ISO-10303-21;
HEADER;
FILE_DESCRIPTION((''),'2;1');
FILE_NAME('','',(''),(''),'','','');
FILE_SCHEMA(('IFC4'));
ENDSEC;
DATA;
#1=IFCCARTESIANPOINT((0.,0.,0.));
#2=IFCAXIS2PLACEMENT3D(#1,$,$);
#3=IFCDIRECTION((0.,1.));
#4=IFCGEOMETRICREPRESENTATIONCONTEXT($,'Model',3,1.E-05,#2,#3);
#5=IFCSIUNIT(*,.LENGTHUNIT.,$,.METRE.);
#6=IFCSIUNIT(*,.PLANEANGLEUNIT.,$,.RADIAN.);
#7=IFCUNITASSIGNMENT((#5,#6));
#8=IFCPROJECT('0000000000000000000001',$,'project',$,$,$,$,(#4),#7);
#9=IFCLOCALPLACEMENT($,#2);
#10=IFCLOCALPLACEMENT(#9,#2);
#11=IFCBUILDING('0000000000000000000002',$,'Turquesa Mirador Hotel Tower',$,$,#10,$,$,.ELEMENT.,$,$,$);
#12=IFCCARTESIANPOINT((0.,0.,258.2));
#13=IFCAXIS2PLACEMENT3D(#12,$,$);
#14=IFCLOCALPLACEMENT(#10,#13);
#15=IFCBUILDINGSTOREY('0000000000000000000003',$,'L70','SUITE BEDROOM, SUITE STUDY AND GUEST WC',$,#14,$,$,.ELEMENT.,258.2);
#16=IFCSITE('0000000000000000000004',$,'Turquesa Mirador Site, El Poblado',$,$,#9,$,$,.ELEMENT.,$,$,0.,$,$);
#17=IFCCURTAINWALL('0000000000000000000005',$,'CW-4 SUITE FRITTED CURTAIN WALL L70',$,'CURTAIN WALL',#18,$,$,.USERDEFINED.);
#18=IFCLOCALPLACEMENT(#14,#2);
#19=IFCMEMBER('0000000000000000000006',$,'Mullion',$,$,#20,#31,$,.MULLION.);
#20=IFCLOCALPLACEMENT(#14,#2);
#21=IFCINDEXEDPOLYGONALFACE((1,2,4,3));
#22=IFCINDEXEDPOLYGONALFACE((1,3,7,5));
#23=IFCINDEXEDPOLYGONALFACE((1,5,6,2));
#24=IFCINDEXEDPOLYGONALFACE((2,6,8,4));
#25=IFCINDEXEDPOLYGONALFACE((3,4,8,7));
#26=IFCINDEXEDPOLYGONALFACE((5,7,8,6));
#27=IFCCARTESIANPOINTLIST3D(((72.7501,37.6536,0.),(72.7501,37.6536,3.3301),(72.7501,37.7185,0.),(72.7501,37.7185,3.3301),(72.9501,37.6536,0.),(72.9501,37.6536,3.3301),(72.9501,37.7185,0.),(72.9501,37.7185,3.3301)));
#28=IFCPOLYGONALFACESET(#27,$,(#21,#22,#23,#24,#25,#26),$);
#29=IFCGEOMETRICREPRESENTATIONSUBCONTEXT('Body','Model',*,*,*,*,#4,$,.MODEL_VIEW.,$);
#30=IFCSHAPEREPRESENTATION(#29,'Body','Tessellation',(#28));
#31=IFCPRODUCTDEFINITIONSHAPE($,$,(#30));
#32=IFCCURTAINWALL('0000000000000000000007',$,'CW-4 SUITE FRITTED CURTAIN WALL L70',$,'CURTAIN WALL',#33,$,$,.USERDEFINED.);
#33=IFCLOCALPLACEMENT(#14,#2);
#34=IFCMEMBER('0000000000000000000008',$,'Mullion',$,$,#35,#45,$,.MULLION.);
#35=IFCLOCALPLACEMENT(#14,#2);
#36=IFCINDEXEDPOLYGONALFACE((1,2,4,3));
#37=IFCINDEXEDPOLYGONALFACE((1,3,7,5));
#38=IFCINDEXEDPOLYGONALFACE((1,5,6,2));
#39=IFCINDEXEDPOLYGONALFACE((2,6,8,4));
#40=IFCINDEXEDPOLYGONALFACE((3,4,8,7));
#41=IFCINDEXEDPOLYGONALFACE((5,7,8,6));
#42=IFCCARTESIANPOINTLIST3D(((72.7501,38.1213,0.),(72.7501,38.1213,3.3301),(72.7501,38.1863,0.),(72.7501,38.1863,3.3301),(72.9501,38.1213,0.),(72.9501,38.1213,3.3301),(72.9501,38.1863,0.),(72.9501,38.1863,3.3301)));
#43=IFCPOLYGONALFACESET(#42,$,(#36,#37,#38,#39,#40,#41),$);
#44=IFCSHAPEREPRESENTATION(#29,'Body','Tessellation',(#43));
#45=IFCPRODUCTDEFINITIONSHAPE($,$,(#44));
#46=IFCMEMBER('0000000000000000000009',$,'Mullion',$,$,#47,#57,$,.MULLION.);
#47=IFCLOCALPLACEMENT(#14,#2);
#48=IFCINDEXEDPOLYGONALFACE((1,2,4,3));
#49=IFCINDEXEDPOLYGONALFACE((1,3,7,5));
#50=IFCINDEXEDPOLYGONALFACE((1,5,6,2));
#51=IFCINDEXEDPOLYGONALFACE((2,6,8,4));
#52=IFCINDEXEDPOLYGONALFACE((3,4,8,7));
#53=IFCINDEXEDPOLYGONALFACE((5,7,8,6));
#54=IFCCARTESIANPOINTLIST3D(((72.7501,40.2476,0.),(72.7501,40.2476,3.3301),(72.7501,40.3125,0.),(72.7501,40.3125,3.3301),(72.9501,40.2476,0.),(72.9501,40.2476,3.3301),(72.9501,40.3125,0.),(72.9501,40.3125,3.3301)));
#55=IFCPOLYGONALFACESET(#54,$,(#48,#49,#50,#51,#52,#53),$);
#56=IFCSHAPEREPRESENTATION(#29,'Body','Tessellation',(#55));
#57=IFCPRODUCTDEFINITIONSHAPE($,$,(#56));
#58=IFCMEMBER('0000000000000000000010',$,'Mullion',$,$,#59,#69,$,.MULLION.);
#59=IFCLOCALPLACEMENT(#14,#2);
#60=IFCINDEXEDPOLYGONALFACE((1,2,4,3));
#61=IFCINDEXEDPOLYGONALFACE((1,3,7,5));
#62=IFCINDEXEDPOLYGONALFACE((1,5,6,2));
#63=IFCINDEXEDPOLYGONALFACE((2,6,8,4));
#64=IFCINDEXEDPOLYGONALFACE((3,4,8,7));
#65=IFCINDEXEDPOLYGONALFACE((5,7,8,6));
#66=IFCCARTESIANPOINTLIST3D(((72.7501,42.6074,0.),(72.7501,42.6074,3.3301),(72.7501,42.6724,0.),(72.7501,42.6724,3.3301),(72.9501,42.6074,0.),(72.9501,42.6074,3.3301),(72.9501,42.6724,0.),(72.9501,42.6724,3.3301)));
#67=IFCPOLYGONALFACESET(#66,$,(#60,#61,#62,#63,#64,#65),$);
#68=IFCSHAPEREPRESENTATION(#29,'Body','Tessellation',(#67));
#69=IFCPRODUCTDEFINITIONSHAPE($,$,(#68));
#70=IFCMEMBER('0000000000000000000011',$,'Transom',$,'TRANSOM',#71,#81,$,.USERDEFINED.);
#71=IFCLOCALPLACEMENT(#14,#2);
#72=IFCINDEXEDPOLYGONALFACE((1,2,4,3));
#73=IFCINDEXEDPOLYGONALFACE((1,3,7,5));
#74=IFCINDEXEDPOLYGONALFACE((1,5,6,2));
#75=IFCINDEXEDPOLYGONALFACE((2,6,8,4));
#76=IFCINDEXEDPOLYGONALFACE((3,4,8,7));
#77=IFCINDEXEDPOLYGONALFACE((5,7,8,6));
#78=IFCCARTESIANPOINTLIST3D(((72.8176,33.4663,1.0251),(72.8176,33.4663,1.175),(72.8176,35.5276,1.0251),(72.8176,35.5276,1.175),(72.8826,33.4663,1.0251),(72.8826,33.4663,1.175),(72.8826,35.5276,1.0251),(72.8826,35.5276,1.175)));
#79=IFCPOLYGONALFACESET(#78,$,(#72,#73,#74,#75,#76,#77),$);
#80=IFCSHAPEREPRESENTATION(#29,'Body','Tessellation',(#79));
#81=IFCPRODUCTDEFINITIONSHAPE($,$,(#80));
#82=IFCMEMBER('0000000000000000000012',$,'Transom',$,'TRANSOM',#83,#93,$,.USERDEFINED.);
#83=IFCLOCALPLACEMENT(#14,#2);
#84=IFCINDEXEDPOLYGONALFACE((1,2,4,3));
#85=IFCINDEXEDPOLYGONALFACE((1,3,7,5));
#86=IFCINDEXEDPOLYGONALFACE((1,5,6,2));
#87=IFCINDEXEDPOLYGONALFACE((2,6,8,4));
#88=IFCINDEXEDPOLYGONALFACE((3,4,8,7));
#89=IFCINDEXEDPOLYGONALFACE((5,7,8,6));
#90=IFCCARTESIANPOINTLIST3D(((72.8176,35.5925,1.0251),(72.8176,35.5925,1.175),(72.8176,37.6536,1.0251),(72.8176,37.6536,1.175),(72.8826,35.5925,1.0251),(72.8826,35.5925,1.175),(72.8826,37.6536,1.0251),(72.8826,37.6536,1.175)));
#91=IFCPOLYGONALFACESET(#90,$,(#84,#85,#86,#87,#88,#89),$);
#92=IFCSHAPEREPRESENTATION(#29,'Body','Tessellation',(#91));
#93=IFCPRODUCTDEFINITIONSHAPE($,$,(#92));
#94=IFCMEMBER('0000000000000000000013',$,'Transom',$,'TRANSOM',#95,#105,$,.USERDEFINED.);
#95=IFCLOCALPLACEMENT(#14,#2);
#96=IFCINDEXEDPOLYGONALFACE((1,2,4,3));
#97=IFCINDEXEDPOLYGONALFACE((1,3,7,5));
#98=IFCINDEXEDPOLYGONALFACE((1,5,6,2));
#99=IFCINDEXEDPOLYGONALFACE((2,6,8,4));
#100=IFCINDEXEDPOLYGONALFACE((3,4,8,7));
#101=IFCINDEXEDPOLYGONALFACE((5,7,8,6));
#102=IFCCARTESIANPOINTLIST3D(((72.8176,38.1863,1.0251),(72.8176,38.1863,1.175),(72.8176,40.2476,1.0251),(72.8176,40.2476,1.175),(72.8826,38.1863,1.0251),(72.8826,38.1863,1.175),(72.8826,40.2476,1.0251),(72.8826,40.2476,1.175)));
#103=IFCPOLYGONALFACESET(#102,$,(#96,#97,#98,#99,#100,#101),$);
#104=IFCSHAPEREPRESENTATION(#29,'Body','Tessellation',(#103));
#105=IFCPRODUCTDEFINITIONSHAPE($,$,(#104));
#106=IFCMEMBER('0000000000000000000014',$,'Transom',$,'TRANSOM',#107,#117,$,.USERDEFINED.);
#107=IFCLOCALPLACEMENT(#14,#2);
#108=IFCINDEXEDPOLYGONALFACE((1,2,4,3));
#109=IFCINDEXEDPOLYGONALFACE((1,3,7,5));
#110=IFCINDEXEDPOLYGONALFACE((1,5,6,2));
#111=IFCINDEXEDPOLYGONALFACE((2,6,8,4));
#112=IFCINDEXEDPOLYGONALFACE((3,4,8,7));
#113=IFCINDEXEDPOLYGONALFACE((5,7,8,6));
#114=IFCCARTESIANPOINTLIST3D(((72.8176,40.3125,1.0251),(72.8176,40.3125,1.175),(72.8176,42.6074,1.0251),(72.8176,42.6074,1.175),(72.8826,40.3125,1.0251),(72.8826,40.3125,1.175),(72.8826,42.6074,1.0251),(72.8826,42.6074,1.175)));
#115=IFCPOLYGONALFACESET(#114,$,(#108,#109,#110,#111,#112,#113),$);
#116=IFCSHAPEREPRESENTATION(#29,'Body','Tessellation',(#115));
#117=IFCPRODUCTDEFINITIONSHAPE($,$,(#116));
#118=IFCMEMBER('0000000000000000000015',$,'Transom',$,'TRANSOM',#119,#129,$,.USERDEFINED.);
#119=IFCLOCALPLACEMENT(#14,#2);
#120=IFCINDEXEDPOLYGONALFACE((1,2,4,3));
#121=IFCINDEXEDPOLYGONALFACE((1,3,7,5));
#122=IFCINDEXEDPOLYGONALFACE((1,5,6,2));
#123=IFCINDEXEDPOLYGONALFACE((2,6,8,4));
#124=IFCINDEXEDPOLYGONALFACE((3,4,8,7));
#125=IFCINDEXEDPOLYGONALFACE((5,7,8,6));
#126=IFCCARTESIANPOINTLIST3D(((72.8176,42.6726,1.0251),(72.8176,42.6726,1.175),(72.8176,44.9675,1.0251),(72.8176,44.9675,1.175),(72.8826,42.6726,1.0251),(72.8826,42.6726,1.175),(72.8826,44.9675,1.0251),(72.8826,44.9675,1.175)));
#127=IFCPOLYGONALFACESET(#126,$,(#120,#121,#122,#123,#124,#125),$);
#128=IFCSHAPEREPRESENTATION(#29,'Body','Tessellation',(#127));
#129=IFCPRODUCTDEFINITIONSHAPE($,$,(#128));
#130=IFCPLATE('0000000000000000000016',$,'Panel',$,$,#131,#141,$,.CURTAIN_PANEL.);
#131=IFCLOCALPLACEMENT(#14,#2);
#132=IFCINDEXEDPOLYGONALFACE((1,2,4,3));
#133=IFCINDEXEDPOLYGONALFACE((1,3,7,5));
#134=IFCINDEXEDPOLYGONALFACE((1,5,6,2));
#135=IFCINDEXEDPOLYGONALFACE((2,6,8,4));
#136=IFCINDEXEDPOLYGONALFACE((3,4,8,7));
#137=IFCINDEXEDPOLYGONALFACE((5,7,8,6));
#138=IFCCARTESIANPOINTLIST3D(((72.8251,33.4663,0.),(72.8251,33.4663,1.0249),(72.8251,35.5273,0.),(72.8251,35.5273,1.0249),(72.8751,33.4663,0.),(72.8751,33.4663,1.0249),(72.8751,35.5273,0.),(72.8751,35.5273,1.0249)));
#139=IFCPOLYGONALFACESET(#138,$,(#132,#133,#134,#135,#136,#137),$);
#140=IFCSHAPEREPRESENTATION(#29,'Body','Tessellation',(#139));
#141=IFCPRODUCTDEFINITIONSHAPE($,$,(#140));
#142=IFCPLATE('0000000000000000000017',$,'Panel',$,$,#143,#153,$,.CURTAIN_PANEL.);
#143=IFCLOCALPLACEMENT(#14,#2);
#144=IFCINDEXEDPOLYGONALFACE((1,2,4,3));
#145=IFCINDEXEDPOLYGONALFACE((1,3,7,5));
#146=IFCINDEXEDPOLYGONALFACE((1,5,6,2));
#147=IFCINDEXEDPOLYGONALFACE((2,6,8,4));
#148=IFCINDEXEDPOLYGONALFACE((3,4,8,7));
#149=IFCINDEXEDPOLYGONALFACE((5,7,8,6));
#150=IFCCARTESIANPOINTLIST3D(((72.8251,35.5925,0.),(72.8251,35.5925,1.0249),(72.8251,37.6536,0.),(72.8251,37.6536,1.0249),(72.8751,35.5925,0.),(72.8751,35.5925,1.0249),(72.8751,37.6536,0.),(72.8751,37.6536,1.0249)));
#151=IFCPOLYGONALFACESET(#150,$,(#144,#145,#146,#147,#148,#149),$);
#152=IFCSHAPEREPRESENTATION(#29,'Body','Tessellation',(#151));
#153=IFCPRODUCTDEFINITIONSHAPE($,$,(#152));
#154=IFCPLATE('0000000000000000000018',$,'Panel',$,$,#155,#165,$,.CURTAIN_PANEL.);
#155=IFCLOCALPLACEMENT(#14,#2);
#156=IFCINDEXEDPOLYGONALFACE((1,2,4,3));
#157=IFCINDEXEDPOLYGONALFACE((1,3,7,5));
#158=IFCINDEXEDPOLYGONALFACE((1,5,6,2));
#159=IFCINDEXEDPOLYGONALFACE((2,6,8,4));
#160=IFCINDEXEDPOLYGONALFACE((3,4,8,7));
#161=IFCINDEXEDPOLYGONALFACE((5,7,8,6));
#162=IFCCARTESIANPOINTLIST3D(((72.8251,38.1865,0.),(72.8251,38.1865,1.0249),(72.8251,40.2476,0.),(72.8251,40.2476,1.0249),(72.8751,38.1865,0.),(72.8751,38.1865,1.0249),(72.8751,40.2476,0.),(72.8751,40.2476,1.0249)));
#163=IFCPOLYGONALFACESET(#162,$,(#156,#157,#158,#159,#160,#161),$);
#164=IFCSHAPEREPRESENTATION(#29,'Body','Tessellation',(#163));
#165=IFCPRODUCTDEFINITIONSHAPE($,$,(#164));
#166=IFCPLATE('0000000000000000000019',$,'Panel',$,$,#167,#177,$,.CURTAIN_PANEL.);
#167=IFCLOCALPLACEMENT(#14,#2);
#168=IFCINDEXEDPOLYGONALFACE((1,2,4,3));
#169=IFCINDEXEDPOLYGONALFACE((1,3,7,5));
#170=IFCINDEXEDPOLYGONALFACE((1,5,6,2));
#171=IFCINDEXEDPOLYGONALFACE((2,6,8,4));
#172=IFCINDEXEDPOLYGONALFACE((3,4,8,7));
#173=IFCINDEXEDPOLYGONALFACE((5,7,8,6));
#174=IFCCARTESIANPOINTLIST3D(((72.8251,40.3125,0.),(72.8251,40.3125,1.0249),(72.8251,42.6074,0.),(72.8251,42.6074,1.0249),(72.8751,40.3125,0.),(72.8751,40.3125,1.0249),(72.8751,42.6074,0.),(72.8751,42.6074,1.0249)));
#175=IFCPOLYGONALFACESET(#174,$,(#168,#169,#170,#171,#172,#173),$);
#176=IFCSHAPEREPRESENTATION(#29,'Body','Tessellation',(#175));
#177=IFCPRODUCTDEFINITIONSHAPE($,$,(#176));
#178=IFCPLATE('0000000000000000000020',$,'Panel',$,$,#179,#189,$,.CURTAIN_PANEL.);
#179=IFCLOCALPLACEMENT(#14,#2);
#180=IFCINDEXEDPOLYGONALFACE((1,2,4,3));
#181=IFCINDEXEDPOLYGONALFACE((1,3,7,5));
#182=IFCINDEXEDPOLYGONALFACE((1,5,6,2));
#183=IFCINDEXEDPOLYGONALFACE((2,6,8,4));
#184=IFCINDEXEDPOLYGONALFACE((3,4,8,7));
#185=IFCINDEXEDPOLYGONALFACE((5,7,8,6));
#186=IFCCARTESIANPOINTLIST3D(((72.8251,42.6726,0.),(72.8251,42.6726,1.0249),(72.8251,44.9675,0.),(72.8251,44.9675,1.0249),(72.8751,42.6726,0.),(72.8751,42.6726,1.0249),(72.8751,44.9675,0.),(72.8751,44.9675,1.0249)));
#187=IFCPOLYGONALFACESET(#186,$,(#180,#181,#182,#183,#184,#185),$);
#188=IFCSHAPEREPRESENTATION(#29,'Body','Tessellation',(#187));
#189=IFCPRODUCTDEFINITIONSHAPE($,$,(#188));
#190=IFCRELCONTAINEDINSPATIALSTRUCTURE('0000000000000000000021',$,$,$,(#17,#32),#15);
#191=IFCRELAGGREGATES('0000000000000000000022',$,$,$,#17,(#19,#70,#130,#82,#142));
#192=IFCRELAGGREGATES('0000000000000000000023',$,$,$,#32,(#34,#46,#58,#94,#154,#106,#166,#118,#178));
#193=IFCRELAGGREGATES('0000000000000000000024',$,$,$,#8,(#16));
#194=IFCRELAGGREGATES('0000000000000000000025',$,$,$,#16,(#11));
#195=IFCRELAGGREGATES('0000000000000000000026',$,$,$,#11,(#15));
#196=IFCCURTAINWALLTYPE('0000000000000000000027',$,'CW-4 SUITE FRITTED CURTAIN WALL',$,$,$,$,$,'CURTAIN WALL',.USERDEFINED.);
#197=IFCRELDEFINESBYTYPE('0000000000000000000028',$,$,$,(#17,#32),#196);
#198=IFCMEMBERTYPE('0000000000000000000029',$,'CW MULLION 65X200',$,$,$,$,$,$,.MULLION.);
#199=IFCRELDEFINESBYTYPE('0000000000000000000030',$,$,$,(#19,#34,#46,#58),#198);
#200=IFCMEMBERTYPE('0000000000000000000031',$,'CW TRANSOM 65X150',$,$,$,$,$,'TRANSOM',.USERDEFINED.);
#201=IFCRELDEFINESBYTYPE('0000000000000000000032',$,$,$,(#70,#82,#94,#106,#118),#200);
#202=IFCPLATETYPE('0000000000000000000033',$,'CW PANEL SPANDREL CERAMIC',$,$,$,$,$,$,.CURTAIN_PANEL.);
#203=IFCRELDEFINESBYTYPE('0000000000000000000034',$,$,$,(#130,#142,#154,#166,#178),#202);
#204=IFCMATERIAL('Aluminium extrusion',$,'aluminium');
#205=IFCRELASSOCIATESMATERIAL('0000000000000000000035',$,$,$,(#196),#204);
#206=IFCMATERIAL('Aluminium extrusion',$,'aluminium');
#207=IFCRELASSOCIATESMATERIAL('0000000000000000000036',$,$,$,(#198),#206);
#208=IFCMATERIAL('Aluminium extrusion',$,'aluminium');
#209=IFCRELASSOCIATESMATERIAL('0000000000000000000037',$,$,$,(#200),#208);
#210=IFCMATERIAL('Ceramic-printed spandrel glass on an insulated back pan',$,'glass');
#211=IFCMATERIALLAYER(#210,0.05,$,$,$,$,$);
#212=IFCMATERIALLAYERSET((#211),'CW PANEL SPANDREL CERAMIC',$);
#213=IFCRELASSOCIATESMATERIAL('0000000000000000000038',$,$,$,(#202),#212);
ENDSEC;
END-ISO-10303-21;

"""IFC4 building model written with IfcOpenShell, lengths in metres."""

from ifc_helpers import new_model, si_unit, direction, frame, origin, origin_2d, place, context, subcontext, project, spatial, rectangle, extrude, material, layer, layer_set, material_profile, profile_set, type_object, element, aggregate, save


model = new_model("IFC4")

# Units and contexts
model_context = context("Model", 3, precision=1e-05, world=origin(), true_north=direction((0.0, 1.0)))
body_context = subcontext(model_context, "Body", "Model", "MODEL_VIEW")
ifc_project = project(units=[si_unit("LENGTHUNIT", "METRE"), si_unit("PLANEANGLEUNIT", "RADIAN")], contexts=[model_context])

# Site, building, storey
site_placement = place(None, origin())
site = spatial("IfcSite", under=ifc_project, at=site_placement, Name="Turquesa Mirador Site, El Poblado", CompositionType="ELEMENT", RefElevation=0.0)
building_placement = place(site_placement, origin())
building = spatial("IfcBuilding", under=site, at=building_placement, Name="Turquesa Mirador Hotel Tower", CompositionType="ELEMENT")
storey_placement = place(building_placement, frame((0.0, 0.0, 258.2)))
storey = spatial("IfcBuildingStorey", under=building, at=storey_placement, Name="L70", Description="SUITE BEDROOM, SUITE STUDY AND GUEST WC", CompositionType="ELEMENT", Elevation=258.2)

# Curtain walls, members
ifc_material_1 = material(Name="Aluminium extrusion", Category="aluminium")
curtain_wall_type = type_object("IfcCurtainWallType", Name="CW-4 SUITE FRITTED CURTAIN WALL", ElementType="CURTAIN WALL", PredefinedType="USERDEFINED", material=ifc_material_1)
curtain_wall_1_placement = place(storey_placement, origin())
curtain_wall_1 = element("IfcCurtainWall", 1, at=curtain_wall_1_placement, inside=storey, type_object=curtain_wall_type, Name="CW-4 SUITE FRITTED CURTAIN WALL L70", ObjectType="CURTAIN WALL", PredefinedType="USERDEFINED")
ifc_material_2 = material(Name="Aluminium extrusion", Category="aluminium")
ifc_material_profile_1 = material_profile(ifc_material_2, rectangle(XDim=0.0649, YDim=0.2, at=origin_2d()), Name="MULLION 65X200")
ifc_profile_set_1 = profile_set([ifc_material_profile_1], Name="Aluminium extrusion")
member_type_1 = type_object("IfcMemberType", Name="CW MULLION 65X200", PredefinedType="MULLION", material=ifc_profile_set_1)
member_1_placement = place(storey_placement, frame((72.8501, 37.686, 0.0), z_axis=(0.0, 0.0, 1.0), x_axis=(0.0, 1.0, 0.0)))
member_1 = element("IfcMember", 2, at=member_1_placement, type_object=member_type_1, Name="Mullion", PredefinedType="MULLION", context=body_context, shape_type="SweptSolid", body=[
    extrude(rectangle(XDim=0.0649, YDim=0.2, at=origin_2d()), origin(), (0.0, 0.0, 1.0), 3.3301),
])
curtain_wall_2_placement = place(storey_placement, origin())
curtain_wall_2 = element("IfcCurtainWall", 3, at=curtain_wall_2_placement, inside=storey, type_object=curtain_wall_type, Name="CW-4 SUITE FRITTED CURTAIN WALL L70", ObjectType="CURTAIN WALL", PredefinedType="USERDEFINED")
member_2_placement = place(storey_placement, frame((72.8501, 38.1538, 0.0), z_axis=(0.0, 0.0, 1.0), x_axis=(0.0, 1.0, 0.0)))
member_2 = element("IfcMember", 4, at=member_2_placement, type_object=member_type_1, Name="Mullion", PredefinedType="MULLION", context=body_context, shape_type="SweptSolid", body=[
    extrude(rectangle(XDim=0.0649, YDim=0.2, at=origin_2d()), origin(), (0.0, 0.0, 1.0), 3.3301),
])
member_3_placement = place(storey_placement, frame((72.8501, 40.28, 0.0), z_axis=(0.0, 0.0, 1.0), x_axis=(0.0, 1.0, 0.0)))
member_3 = element("IfcMember", 5, at=member_3_placement, type_object=member_type_1, Name="Mullion", PredefinedType="MULLION", context=body_context, shape_type="SweptSolid", body=[
    extrude(rectangle(XDim=0.0649, YDim=0.2, at=origin_2d()), origin(), (0.0, 0.0, 1.0), 3.3301),
])
member_4_placement = place(storey_placement, frame((72.8501, 42.6399, 0.0), z_axis=(0.0, 0.0, 1.0), x_axis=(0.0, 1.0, 0.0)))
member_4 = element("IfcMember", 6, at=member_4_placement, type_object=member_type_1, Name="Mullion", PredefinedType="MULLION", context=body_context, shape_type="SweptSolid", body=[
    extrude(rectangle(XDim=0.0649, YDim=0.2, at=origin_2d()), origin(), (0.0, 0.0, 1.0), 3.3301),
])

# Members
ifc_material_3 = material(Name="Aluminium extrusion", Category="aluminium")
ifc_material_profile_2 = material_profile(ifc_material_3, rectangle(XDim=0.0649, YDim=0.1499, at=origin_2d()), Name="TRANSOM 65X150")
ifc_profile_set_2 = profile_set([ifc_material_profile_2], Name="Aluminium extrusion")
member_type_2 = type_object("IfcMemberType", Name="CW TRANSOM 65X150", ElementType="TRANSOM", PredefinedType="USERDEFINED", material=ifc_profile_set_2)
member_5_placement = place(storey_placement, frame((72.8501, 33.4663, 1.1001), z_axis=(0.0, 1.0, 0.0), x_axis=(-1.0, 0.0, 0.0)))
member_5 = element("IfcMember", 7, at=member_5_placement, type_object=member_type_2, Name="Transom", ObjectType="TRANSOM", PredefinedType="USERDEFINED", context=body_context, shape_type="SweptSolid", body=[
    extrude(rectangle(XDim=0.0649, YDim=0.1499, at=origin_2d()), origin(), (0.0, 0.0, 1.0), 2.0613),
])
member_6_placement = place(storey_placement, frame((72.8501, 35.5925, 1.1001), z_axis=(0.0, 1.0, 0.0), x_axis=(-1.0, 0.0, 0.0)))
member_6 = element("IfcMember", 8, at=member_6_placement, type_object=member_type_2, Name="Transom", ObjectType="TRANSOM", PredefinedType="USERDEFINED", context=body_context, shape_type="SweptSolid", body=[
    extrude(rectangle(XDim=0.0649, YDim=0.1499, at=origin_2d()), origin(), (0.0, 0.0, 1.0), 2.061),
])
member_7_placement = place(storey_placement, frame((72.8501, 38.1863, 1.1001), z_axis=(0.0, 1.0, 0.0), x_axis=(-1.0, 0.0, 0.0)))
member_7 = element("IfcMember", 9, at=member_7_placement, type_object=member_type_2, Name="Transom", ObjectType="TRANSOM", PredefinedType="USERDEFINED", context=body_context, shape_type="SweptSolid", body=[
    extrude(rectangle(XDim=0.0649, YDim=0.1499, at=origin_2d()), origin(), (0.0, 0.0, 1.0), 2.0613),
])
member_8_placement = place(storey_placement, frame((72.8501, 40.3125, 1.1001), z_axis=(0.0, 1.0, 0.0), x_axis=(-1.0, 0.0, 0.0)))
member_8 = element("IfcMember", 10, at=member_8_placement, type_object=member_type_2, Name="Transom", ObjectType="TRANSOM", PredefinedType="USERDEFINED", context=body_context, shape_type="SweptSolid", body=[
    extrude(rectangle(XDim=0.0649, YDim=0.1499, at=origin_2d()), origin(), (0.0, 0.0, 1.0), 2.2949),
])
member_9_placement = place(storey_placement, frame((72.8501, 42.6726, 1.1001), z_axis=(0.0, 1.0, 0.0), x_axis=(-1.0, 0.0, 0.0)))
member_9 = element("IfcMember", 11, at=member_9_placement, type_object=member_type_2, Name="Transom", ObjectType="TRANSOM", PredefinedType="USERDEFINED", context=body_context, shape_type="SweptSolid", body=[
    extrude(rectangle(XDim=0.0649, YDim=0.1499, at=origin_2d()), origin(), (0.0, 0.0, 1.0), 2.2949),
])

# Plates
ifc_material_4 = material(Name="Ceramic-printed spandrel glass on an insulated back pan", Category="glass")
ifc_layer_1 = layer(ifc_material_4, 0.05)
ifc_layer_set_1 = layer_set([ifc_layer_1], Name="CW PANEL SPANDREL CERAMIC")
plate_type_1 = type_object("IfcPlateType", Name="CW PANEL SPANDREL CERAMIC", PredefinedType="CURTAIN_PANEL", material=ifc_layer_set_1)
plate_1_placement = place(storey_placement, frame((72.8501, 34.4968, 0.0), z_axis=(0.0, 0.0, 1.0), x_axis=(0.0, 1.0, 0.0)))
plate_1 = element("IfcPlate", 12, at=plate_1_placement, type_object=plate_type_1, Name="Panel", PredefinedType="CURTAIN_PANEL", context=body_context, shape_type="SweptSolid", body=[
    extrude(rectangle(XDim=2.061, YDim=0.05, at=origin_2d()), origin(), (0.0, 0.0, 1.0), 1.0249),
])
plate_2_placement = place(storey_placement, frame((72.8501, 36.623, 0.0), z_axis=(0.0, 0.0, 1.0), x_axis=(0.0, 1.0, 0.0)))
plate_2 = element("IfcPlate", 13, at=plate_2_placement, type_object=plate_type_1, Name="Panel", PredefinedType="CURTAIN_PANEL", context=body_context, shape_type="SweptSolid", body=[
    extrude(rectangle(XDim=2.061, YDim=0.05, at=origin_2d()), origin(), (0.0, 0.0, 1.0), 1.0249),
])
plate_3_placement = place(storey_placement, frame((72.8501, 39.217, 0.0), z_axis=(0.0, 0.0, 1.0), x_axis=(0.0, 1.0, 0.0)))
plate_3 = element("IfcPlate", 14, at=plate_3_placement, type_object=plate_type_1, Name="Panel", PredefinedType="CURTAIN_PANEL", context=body_context, shape_type="SweptSolid", body=[
    extrude(rectangle(XDim=2.061, YDim=0.05, at=origin_2d()), origin(), (0.0, 0.0, 1.0), 1.0249),
])
plate_4_placement = place(storey_placement, frame((72.8501, 41.46, 0.0), z_axis=(0.0, 0.0, 1.0), x_axis=(0.0, 1.0, 0.0)))
plate_4 = element("IfcPlate", 15, at=plate_4_placement, type_object=plate_type_1, Name="Panel", PredefinedType="CURTAIN_PANEL", context=body_context, shape_type="SweptSolid", body=[
    extrude(rectangle(XDim=2.2949, YDim=0.05, at=origin_2d()), origin(), (0.0, 0.0, 1.0), 1.0249),
])
plate_5_placement = place(storey_placement, frame((72.8501, 43.8201, 0.0), z_axis=(0.0, 0.0, 1.0), x_axis=(0.0, 1.0, 0.0)))
plate_5 = element("IfcPlate", 16, at=plate_5_placement, type_object=plate_type_1, Name="Panel", PredefinedType="CURTAIN_PANEL", context=body_context, shape_type="SweptSolid", body=[
    extrude(rectangle(XDim=2.2949, YDim=0.05, at=origin_2d()), origin(), (0.0, 0.0, 1.0), 1.0249),
])
aggregate(curtain_wall_1, [member_1, member_5, plate_1, member_6, plate_2])
aggregate(curtain_wall_2, [member_2, member_3, member_4, member_7, plate_3, member_8, plate_4, member_9, plate_5])

save(model, "model.ifc")
